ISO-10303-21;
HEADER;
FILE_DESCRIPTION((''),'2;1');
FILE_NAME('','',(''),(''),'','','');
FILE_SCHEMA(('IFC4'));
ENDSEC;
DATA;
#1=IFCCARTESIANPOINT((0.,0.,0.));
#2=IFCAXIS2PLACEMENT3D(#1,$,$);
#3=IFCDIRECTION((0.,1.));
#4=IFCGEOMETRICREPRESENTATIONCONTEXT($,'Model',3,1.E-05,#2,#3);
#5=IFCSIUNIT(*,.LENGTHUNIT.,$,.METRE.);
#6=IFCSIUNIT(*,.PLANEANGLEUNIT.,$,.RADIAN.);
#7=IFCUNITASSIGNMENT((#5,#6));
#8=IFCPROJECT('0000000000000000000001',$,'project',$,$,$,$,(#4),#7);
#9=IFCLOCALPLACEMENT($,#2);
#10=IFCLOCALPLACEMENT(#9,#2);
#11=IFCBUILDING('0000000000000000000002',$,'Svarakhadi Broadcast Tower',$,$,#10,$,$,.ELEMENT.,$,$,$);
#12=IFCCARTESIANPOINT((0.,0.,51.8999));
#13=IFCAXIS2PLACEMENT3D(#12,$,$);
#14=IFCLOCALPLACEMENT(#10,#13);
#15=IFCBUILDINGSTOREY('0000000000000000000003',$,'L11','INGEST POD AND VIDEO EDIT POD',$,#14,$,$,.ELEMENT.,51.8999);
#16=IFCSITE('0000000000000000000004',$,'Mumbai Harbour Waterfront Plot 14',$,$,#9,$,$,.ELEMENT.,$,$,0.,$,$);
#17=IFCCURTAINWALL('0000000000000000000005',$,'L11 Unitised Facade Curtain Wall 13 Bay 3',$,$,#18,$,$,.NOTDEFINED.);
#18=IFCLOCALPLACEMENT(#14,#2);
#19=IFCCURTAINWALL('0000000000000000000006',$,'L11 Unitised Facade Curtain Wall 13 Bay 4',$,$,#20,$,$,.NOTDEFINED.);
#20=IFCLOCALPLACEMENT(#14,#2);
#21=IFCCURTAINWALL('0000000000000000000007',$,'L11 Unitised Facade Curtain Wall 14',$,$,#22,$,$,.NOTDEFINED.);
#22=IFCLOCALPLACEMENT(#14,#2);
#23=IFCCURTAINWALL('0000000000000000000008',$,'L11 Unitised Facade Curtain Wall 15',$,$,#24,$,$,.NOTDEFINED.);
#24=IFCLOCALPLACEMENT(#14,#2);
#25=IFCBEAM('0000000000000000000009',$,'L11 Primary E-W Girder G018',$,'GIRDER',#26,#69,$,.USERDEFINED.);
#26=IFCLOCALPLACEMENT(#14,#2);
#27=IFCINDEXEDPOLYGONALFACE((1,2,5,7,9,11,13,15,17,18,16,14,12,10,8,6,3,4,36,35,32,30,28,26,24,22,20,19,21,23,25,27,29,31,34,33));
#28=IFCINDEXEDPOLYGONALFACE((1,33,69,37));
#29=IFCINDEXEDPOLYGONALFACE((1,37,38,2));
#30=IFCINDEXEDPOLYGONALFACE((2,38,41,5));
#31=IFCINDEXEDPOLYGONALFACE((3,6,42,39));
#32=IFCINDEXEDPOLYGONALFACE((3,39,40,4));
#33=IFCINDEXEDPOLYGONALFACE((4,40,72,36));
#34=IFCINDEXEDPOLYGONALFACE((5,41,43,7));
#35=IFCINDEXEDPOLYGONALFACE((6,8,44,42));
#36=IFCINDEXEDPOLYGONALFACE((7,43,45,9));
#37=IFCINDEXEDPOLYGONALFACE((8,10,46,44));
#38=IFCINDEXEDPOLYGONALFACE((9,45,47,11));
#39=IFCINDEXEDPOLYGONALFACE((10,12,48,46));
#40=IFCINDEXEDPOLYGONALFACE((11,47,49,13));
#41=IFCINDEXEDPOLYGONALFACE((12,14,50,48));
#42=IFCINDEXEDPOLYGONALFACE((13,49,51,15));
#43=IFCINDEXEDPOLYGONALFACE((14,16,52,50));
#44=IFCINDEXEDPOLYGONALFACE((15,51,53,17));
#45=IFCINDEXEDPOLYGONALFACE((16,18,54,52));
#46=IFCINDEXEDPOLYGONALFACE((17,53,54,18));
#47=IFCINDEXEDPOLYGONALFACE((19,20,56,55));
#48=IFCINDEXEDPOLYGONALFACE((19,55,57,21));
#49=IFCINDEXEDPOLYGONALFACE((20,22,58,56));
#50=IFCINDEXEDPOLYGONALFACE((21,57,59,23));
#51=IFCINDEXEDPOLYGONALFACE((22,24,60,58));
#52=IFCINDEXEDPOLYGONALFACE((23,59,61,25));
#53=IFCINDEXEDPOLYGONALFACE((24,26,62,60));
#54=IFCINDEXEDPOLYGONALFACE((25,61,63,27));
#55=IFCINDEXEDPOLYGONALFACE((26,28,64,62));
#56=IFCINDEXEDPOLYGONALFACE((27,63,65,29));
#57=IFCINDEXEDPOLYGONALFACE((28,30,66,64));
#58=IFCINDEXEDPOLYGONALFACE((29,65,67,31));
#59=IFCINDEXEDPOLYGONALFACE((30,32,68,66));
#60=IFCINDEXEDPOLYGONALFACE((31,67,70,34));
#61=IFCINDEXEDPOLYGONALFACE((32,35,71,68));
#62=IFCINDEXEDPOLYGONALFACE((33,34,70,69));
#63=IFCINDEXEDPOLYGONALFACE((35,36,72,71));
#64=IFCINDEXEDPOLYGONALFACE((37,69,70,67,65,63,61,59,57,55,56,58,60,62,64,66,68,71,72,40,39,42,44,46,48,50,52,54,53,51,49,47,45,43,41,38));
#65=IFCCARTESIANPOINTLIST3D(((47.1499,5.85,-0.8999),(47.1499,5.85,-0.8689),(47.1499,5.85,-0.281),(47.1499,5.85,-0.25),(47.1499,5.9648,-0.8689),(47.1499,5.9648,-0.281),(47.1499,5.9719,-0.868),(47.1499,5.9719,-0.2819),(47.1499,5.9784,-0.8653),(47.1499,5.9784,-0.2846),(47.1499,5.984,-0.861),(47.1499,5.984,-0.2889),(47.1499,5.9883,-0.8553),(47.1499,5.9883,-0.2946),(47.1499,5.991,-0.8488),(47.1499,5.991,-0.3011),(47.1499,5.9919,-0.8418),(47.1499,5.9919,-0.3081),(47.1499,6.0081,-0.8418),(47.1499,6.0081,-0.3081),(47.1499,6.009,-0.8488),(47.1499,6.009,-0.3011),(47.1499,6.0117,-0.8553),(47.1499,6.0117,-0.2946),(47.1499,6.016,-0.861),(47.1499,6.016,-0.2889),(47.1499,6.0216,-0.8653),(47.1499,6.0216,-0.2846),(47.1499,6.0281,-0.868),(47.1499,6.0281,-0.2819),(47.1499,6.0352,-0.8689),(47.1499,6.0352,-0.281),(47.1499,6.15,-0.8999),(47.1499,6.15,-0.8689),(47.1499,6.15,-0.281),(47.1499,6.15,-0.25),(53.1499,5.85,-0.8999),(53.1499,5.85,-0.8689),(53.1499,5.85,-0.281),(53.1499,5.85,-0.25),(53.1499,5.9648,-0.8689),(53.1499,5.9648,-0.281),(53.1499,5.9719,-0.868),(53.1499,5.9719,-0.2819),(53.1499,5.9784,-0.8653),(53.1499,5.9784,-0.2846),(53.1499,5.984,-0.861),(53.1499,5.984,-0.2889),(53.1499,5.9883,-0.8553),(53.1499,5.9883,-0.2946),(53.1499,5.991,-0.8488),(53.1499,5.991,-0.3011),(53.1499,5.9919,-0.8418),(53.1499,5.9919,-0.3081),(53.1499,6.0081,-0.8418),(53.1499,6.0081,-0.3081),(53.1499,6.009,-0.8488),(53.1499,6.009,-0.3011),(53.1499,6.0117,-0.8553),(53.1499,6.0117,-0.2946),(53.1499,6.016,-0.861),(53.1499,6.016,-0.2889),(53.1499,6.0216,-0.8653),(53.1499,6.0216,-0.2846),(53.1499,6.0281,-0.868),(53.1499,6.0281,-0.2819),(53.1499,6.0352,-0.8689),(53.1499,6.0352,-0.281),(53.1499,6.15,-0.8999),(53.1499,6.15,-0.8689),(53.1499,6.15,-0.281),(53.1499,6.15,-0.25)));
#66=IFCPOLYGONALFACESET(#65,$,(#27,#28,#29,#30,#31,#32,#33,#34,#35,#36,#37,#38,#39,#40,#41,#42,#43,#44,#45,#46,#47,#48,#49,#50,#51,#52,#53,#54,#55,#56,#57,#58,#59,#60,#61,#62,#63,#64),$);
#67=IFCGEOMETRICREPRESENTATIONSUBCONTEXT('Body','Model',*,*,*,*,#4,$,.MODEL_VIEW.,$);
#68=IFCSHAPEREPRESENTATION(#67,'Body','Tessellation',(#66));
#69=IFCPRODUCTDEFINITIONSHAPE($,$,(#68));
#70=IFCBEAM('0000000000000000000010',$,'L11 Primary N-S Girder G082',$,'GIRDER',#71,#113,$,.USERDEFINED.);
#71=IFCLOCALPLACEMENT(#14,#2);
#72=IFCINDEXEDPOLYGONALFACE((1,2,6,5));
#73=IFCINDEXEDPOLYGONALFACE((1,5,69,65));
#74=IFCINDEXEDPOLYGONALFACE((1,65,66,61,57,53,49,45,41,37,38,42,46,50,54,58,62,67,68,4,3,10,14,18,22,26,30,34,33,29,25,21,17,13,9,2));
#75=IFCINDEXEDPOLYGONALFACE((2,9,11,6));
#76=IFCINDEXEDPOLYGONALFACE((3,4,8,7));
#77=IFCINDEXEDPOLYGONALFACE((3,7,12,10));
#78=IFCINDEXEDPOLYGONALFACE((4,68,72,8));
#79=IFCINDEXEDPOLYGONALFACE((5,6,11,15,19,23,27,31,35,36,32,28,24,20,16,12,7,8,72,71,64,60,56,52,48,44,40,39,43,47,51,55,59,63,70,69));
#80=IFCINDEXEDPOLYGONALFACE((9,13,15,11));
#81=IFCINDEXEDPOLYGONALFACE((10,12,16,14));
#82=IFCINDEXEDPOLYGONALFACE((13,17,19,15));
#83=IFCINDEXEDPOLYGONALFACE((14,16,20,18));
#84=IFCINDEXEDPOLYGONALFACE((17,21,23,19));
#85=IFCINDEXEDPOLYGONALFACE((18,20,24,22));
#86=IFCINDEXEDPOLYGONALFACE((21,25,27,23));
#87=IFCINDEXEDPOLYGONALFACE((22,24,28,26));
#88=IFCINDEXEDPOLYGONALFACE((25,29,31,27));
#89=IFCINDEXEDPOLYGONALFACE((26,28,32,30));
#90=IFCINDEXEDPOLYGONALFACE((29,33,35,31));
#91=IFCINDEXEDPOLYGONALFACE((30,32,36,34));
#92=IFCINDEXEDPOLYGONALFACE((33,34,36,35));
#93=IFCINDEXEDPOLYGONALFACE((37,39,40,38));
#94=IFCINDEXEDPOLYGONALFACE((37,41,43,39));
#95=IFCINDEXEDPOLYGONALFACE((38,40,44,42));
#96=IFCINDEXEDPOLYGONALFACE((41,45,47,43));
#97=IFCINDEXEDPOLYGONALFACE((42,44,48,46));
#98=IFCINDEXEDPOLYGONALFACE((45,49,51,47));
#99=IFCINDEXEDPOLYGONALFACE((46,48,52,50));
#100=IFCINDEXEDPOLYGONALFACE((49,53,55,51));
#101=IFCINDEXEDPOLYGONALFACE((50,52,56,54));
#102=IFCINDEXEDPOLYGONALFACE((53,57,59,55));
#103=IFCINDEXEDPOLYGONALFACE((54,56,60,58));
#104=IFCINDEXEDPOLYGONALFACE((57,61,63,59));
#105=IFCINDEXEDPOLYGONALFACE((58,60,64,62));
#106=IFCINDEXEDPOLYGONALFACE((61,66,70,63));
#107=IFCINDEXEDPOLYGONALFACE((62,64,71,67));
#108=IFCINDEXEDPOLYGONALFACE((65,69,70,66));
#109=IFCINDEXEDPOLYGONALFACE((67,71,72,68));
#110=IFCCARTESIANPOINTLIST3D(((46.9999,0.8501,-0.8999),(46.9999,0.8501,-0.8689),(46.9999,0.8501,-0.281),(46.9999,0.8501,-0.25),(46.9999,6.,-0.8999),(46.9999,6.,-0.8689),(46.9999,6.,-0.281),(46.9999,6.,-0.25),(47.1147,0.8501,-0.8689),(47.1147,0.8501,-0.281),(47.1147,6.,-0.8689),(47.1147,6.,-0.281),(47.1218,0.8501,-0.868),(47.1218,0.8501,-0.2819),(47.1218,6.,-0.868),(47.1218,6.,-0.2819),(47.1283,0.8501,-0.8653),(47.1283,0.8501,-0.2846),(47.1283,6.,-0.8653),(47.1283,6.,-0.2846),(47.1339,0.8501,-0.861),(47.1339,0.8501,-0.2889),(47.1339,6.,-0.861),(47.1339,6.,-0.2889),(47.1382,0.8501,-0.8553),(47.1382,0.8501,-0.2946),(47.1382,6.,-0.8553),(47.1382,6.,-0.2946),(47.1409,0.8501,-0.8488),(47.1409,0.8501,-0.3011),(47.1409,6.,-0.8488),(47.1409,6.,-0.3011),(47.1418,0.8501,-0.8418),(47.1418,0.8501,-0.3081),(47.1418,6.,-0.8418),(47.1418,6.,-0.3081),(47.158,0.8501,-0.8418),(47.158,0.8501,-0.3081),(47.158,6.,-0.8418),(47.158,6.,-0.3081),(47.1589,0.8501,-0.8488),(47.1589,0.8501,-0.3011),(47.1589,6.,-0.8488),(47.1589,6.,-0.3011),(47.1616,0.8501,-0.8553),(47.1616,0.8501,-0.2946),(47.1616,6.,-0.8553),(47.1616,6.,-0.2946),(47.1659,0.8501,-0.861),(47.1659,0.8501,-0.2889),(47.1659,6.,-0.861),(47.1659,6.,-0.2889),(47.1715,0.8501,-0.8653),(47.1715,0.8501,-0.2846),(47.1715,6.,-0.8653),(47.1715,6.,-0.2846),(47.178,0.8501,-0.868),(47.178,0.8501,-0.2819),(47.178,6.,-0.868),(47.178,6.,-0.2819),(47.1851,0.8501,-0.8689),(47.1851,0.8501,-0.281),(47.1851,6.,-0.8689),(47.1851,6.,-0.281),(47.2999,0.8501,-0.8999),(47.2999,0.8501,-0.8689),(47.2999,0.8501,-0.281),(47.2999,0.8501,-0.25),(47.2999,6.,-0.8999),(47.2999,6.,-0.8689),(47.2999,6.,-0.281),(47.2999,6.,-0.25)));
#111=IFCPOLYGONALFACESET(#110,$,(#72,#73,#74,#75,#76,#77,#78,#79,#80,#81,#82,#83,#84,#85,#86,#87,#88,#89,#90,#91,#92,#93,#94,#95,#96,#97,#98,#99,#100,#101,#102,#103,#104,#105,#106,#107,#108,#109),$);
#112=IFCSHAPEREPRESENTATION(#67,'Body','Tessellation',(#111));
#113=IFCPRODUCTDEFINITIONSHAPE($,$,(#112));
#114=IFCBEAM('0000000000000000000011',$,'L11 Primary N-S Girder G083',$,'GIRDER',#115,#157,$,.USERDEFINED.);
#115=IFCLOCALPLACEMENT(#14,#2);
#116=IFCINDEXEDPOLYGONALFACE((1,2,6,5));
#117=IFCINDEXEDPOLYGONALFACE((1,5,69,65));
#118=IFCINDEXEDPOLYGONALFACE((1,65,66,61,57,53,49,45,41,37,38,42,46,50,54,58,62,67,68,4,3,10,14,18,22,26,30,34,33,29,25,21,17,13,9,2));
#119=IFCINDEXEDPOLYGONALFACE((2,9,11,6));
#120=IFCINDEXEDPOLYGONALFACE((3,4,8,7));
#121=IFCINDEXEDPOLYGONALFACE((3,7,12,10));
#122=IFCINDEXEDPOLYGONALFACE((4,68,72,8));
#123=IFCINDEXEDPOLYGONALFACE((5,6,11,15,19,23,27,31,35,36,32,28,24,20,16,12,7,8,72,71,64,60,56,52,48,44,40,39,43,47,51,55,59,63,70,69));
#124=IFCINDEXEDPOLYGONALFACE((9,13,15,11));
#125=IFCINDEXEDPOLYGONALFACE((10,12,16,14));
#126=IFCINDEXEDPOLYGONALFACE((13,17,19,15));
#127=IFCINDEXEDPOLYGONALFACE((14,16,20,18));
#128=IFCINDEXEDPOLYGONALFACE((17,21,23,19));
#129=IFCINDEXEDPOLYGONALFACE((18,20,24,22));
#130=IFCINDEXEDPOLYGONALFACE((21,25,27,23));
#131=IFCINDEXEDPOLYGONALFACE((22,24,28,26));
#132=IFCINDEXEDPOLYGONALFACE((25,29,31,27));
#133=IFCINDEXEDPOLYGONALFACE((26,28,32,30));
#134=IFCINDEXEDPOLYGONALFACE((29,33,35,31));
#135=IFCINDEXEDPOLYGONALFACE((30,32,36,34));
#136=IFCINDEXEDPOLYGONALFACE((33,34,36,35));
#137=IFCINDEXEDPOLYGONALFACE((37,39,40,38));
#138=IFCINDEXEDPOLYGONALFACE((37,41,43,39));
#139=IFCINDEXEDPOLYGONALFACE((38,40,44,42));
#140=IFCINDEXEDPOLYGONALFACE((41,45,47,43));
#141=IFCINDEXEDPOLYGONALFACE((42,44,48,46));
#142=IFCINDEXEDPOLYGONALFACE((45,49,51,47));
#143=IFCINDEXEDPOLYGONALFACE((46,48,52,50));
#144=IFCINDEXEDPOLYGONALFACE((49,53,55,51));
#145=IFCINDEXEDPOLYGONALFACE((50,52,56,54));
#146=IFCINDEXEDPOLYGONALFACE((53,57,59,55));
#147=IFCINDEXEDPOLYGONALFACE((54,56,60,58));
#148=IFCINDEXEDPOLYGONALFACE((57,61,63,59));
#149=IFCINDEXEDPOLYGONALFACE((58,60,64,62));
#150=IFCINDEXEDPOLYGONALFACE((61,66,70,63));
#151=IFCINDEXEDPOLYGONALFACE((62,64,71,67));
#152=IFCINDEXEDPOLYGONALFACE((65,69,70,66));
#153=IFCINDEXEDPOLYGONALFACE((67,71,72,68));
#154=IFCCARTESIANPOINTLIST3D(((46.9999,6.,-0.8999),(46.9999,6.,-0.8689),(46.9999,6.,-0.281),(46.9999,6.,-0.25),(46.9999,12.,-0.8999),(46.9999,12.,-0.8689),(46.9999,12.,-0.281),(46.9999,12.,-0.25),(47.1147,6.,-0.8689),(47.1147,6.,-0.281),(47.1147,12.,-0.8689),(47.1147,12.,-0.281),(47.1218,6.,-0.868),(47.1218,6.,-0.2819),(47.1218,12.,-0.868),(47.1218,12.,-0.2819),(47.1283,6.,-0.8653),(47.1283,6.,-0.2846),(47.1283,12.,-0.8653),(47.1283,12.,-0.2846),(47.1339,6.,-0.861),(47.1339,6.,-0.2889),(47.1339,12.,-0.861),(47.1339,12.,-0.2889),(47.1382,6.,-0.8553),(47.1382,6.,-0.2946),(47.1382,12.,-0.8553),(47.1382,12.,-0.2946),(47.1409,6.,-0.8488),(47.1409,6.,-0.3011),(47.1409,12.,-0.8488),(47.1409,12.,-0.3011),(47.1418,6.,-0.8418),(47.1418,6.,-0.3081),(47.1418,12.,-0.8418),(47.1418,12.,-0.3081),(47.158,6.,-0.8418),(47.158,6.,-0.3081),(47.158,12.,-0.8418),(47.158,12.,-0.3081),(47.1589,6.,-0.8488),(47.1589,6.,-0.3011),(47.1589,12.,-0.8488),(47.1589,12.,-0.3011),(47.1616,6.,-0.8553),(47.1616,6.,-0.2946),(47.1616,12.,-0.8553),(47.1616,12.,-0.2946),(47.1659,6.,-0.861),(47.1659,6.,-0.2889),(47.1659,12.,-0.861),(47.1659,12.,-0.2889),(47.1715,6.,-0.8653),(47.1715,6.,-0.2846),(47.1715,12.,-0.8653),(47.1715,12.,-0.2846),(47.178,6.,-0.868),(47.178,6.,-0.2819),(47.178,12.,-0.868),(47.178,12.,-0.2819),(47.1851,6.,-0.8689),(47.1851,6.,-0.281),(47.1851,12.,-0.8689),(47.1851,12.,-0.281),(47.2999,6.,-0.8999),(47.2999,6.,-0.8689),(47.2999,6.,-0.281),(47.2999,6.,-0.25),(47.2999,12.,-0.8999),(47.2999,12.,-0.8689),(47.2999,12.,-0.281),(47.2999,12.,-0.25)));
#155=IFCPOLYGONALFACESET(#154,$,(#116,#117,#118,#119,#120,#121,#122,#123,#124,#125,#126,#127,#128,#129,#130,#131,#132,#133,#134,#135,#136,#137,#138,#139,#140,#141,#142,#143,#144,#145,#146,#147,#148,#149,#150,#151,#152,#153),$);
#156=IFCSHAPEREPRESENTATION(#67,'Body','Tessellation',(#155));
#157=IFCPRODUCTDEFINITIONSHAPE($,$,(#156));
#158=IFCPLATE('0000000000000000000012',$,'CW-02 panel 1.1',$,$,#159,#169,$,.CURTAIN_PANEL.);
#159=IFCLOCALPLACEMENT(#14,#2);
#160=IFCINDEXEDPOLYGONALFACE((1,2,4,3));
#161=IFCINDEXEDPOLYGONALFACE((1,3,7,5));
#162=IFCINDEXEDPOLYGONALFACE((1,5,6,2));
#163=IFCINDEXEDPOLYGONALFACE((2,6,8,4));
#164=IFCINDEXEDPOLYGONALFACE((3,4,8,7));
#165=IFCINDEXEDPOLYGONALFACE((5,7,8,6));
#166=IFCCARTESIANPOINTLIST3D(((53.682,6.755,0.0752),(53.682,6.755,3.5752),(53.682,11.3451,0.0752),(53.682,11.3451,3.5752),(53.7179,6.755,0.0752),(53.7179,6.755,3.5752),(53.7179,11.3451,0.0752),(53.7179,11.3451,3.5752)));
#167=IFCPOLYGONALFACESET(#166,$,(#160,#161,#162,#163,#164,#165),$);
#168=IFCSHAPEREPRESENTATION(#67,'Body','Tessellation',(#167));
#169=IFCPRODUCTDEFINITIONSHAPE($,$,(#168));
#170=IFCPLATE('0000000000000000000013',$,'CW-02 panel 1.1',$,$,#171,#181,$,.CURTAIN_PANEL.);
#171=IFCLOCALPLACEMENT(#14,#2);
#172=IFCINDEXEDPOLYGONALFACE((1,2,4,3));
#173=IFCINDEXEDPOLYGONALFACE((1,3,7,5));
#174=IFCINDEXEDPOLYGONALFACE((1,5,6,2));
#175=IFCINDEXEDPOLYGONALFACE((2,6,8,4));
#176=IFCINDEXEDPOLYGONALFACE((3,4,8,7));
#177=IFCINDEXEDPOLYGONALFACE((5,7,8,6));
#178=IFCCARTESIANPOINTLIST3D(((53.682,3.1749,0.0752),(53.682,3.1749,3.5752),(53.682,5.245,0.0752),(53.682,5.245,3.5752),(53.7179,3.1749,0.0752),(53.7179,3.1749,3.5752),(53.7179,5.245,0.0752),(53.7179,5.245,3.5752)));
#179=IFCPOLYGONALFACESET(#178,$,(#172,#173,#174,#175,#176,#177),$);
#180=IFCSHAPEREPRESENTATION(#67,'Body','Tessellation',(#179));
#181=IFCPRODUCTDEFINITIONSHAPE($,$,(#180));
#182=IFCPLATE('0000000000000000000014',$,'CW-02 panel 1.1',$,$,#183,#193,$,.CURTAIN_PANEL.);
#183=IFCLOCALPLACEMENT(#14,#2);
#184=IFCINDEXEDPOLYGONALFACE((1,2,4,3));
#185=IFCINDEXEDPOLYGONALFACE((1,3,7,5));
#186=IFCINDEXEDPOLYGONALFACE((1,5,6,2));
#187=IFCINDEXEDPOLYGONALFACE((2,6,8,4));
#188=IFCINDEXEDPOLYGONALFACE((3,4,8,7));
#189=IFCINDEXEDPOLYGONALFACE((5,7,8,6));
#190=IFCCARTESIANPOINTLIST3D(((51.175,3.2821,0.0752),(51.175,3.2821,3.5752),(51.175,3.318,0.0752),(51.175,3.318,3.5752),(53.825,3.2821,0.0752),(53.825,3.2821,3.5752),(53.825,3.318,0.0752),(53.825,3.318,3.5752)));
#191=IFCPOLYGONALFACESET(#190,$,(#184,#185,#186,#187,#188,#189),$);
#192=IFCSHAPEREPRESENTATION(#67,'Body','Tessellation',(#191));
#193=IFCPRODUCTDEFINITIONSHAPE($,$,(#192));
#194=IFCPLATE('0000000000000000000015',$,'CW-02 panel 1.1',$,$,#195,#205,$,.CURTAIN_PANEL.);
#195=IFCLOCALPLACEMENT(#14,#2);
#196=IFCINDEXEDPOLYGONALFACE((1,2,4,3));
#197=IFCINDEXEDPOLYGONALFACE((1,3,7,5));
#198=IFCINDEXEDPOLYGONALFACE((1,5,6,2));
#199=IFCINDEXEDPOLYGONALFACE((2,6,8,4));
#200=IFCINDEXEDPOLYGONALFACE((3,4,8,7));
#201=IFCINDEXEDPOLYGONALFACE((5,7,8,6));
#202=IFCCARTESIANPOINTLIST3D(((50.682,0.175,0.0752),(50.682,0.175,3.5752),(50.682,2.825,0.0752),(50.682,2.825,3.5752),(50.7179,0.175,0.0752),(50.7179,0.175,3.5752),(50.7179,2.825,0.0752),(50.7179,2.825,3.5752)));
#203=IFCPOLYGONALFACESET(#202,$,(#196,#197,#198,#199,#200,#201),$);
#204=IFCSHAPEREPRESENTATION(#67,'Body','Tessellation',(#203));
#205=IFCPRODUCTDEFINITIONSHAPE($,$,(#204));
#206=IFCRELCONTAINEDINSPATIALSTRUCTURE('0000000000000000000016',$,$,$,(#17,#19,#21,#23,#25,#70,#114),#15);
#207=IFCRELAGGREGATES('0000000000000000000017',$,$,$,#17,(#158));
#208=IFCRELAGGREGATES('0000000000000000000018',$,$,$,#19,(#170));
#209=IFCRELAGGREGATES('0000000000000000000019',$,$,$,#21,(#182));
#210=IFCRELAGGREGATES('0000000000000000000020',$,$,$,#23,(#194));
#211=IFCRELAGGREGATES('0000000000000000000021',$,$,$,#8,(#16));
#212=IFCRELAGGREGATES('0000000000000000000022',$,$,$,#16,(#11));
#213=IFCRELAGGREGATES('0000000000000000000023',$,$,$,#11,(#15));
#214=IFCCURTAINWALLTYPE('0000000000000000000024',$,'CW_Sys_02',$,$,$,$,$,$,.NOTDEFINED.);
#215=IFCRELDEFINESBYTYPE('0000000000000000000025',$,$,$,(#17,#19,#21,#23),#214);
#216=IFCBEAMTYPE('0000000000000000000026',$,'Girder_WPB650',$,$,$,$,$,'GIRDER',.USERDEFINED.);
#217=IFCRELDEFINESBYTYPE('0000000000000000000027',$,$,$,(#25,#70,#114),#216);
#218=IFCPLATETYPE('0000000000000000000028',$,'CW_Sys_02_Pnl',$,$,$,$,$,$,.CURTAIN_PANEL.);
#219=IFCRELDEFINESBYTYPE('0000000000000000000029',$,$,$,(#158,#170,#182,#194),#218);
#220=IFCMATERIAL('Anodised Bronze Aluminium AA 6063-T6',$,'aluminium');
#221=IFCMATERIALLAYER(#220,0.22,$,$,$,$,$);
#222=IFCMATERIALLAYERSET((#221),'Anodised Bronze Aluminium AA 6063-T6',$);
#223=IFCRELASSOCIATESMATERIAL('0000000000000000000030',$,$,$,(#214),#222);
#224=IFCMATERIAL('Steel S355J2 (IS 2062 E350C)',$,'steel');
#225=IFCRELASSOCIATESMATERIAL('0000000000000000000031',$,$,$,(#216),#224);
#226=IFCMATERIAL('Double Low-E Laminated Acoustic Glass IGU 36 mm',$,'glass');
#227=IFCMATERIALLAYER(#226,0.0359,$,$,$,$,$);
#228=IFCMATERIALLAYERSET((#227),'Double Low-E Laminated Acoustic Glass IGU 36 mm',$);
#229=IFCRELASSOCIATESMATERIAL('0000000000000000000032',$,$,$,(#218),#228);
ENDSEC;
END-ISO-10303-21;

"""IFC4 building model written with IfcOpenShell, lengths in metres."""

from ifc_helpers import new_model, si_unit, direction, frame, origin, origin_2d, place, context, subcontext, project, spatial, rectangle, i_section, extrude, material, layer, layer_set, material_profile, profile_set, type_object, element, aggregate, save


model = new_model("IFC4")

# Units and contexts
model_context = context("Model", 3, precision=1e-05, world=origin(), true_north=direction((0.0, 1.0)))
body_context = subcontext(model_context, "Body", "Model", "MODEL_VIEW")
ifc_project = project(units=[si_unit("LENGTHUNIT", "METRE"), si_unit("PLANEANGLEUNIT", "RADIAN")], contexts=[model_context])

# Site, building, storey
site_placement = place(None, origin())
site = spatial("IfcSite", under=ifc_project, at=site_placement, Name="Mumbai Harbour Waterfront Plot 14", CompositionType="ELEMENT", RefElevation=0.0)
building_placement = place(site_placement, origin())
building = spatial("IfcBuilding", under=site, at=building_placement, Name="Svarakhadi Broadcast Tower", CompositionType="ELEMENT")
storey_placement = place(building_placement, frame((0.0, 0.0, 51.8999)))
storey = spatial("IfcBuildingStorey", under=building, at=storey_placement, Name="L11", Description="INGEST POD AND VIDEO EDIT POD", CompositionType="ELEMENT", Elevation=51.8999)

# Curtain walls
ifc_material_1 = material(Name="Anodised Bronze Aluminium AA 6063-T6", Category="aluminium")
ifc_layer_1 = layer(ifc_material_1, 0.22)
ifc_layer_set_1 = layer_set([ifc_layer_1], Name="Anodised Bronze Aluminium AA 6063-T6")
curtain_wall_type = type_object("IfcCurtainWallType", Name="CW_Sys_02", PredefinedType="NOTDEFINED", material=ifc_layer_set_1)
curtain_wall_1_placement = place(storey_placement, origin())
curtain_wall_1 = element("IfcCurtainWall", 1, at=curtain_wall_1_placement, inside=storey, type_object=curtain_wall_type, Name="L11 Unitised Facade Curtain Wall 13 Bay 3", PredefinedType="NOTDEFINED")
curtain_wall_2_placement = place(storey_placement, origin())
curtain_wall_2 = element("IfcCurtainWall", 2, at=curtain_wall_2_placement, inside=storey, type_object=curtain_wall_type, Name="L11 Unitised Facade Curtain Wall 13 Bay 4", PredefinedType="NOTDEFINED")
curtain_wall_3_placement = place(storey_placement, origin())
curtain_wall_3 = element("IfcCurtainWall", 3, at=curtain_wall_3_placement, inside=storey, type_object=curtain_wall_type, Name="L11 Unitised Facade Curtain Wall 14", PredefinedType="NOTDEFINED")
curtain_wall_4_placement = place(storey_placement, origin())
curtain_wall_4 = element("IfcCurtainWall", 4, at=curtain_wall_4_placement, inside=storey, type_object=curtain_wall_type, Name="L11 Unitised Facade Curtain Wall 15", PredefinedType="NOTDEFINED")

# Beams
ifc_material_2 = material(Name="Steel S355J2 (IS 2062 E350C)", Category="steel")
ifc_material_profile_1 = material_profile(ifc_material_2, i_section(OverallWidth=0.3, OverallDepth=0.6499, WebThickness=0.0161, FlangeThickness=0.031, FilletRadius=0.0271, at=origin_2d()), Name="WPB 650x300x225")
ifc_profile_set_1 = profile_set([ifc_material_profile_1], Name="Steel S355J2 (IS 2062 E350C)")
beam_type = type_object("IfcBeamType", Name="Girder_WPB650", ElementType="GIRDER", PredefinedType="USERDEFINED", material=ifc_profile_set_1)
beam_1_placement = place(storey_placement, frame((47.1499, 6.0, -0.575), z_axis=(1.0, 0.0, 0.0), x_axis=(0.0, 1.0, 0.0)))
element("IfcBeam", 5, at=beam_1_placement, inside=storey, type_object=beam_type, Name="L11 Primary E-W Girder G018", ObjectType="GIRDER", PredefinedType="USERDEFINED", context=body_context, shape_type="SweptSolid", body=[
    extrude(i_section(OverallWidth=0.3, OverallDepth=0.6499, WebThickness=0.0161, FlangeThickness=0.031, FilletRadius=0.0271, at=origin_2d()), origin(), (0.0, 0.0, 1.0), 6.0),
])
beam_2_placement = place(storey_placement, frame((47.1499, 0.8501, -0.575), z_axis=(0.0, 1.0, 0.0), x_axis=(-1.0, 0.0, 0.0)))
element("IfcBeam", 6, at=beam_2_placement, inside=storey, type_object=beam_type, Name="L11 Primary N-S Girder G082", ObjectType="GIRDER", PredefinedType="USERDEFINED", context=body_context, shape_type="SweptSolid", body=[
    extrude(i_section(OverallWidth=0.3, OverallDepth=0.6499, WebThickness=0.0161, FlangeThickness=0.031, FilletRadius=0.0271, at=origin_2d()), origin(), (0.0, 0.0, 1.0), 5.1499),
])
beam_3_placement = place(storey_placement, frame((47.1499, 6.0, -0.575), z_axis=(0.0, 1.0, 0.0), x_axis=(-1.0, 0.0, 0.0)))
element("IfcBeam", 7, at=beam_3_placement, inside=storey, type_object=beam_type, Name="L11 Primary N-S Girder G083", ObjectType="GIRDER", PredefinedType="USERDEFINED", context=body_context, shape_type="SweptSolid", body=[
    extrude(i_section(OverallWidth=0.3, OverallDepth=0.6499, WebThickness=0.0161, FlangeThickness=0.031, FilletRadius=0.0271, at=origin_2d()), origin(), (0.0, 0.0, 1.0), 6.0),
])

# Plates
ifc_material_3 = material(Name="Double Low-E Laminated Acoustic Glass IGU 36 mm", Category="glass")
ifc_layer_2 = layer(ifc_material_3, 0.0359)
ifc_layer_set_2 = layer_set([ifc_layer_2], Name="Double Low-E Laminated Acoustic Glass IGU 36 mm")
plate_type_1 = type_object("IfcPlateType", Name="CW_Sys_02_Pnl", PredefinedType="CURTAIN_PANEL", material=ifc_layer_set_2)
plate_1_placement = place(storey_placement, frame((53.7, 9.05, 0.0752), z_axis=(0.0, 0.0, 1.0), x_axis=(0.0, -1.0, 0.0)))
plate_1 = element("IfcPlate", 8, at=plate_1_placement, type_object=plate_type_1, Name="CW-02 panel 1.1", PredefinedType="CURTAIN_PANEL", context=body_context, shape_type="SweptSolid", body=[
    extrude(rectangle(XDim=4.5901, YDim=0.0359, at=origin_2d()), origin(), (0.0, 0.0, 1.0), 3.5),
])
aggregate(curtain_wall_1, [plate_1])
plate_2_placement = place(storey_placement, frame((53.7, 4.21, 0.0752), z_axis=(0.0, 0.0, 1.0), x_axis=(0.0, -1.0, 0.0)))
plate_2 = element("IfcPlate", 9, at=plate_2_placement, type_object=plate_type_1, Name="CW-02 panel 1.1", PredefinedType="CURTAIN_PANEL", context=body_context, shape_type="SweptSolid", body=[
    extrude(rectangle(XDim=2.0701, YDim=0.0359, at=origin_2d()), origin(), (0.0, 0.0, 1.0), 3.5),
])
aggregate(curtain_wall_2, [plate_2])
plate_3_placement = place(storey_placement, frame((52.5, 3.3, 0.0752), z_axis=(0.0, 0.0, 1.0), x_axis=(-1.0, 0.0, 0.0)))
plate_3 = element("IfcPlate", 10, at=plate_3_placement, type_object=plate_type_1, Name="CW-02 panel 1.1", PredefinedType="CURTAIN_PANEL", context=body_context, shape_type="SweptSolid", body=[
    extrude(rectangle(XDim=2.6499, YDim=0.0359, at=origin_2d()), origin(), (0.0, 0.0, 1.0), 3.5),
])
aggregate(curtain_wall_3, [plate_3])
plate_4_placement = place(storey_placement, frame((50.7, 1.5, 0.0752), z_axis=(0.0, 0.0, 1.0), x_axis=(0.0, -1.0, 0.0)))
plate_4 = element("IfcPlate", 11, at=plate_4_placement, type_object=plate_type_1, Name="CW-02 panel 1.1", PredefinedType="CURTAIN_PANEL", context=body_context, shape_type="SweptSolid", body=[
    extrude(rectangle(XDim=2.6499, YDim=0.0359, at=origin_2d()), origin(), (0.0, 0.0, 1.0), 3.5),
])
aggregate(curtain_wall_4, [plate_4])

save(model, "model.ifc")
